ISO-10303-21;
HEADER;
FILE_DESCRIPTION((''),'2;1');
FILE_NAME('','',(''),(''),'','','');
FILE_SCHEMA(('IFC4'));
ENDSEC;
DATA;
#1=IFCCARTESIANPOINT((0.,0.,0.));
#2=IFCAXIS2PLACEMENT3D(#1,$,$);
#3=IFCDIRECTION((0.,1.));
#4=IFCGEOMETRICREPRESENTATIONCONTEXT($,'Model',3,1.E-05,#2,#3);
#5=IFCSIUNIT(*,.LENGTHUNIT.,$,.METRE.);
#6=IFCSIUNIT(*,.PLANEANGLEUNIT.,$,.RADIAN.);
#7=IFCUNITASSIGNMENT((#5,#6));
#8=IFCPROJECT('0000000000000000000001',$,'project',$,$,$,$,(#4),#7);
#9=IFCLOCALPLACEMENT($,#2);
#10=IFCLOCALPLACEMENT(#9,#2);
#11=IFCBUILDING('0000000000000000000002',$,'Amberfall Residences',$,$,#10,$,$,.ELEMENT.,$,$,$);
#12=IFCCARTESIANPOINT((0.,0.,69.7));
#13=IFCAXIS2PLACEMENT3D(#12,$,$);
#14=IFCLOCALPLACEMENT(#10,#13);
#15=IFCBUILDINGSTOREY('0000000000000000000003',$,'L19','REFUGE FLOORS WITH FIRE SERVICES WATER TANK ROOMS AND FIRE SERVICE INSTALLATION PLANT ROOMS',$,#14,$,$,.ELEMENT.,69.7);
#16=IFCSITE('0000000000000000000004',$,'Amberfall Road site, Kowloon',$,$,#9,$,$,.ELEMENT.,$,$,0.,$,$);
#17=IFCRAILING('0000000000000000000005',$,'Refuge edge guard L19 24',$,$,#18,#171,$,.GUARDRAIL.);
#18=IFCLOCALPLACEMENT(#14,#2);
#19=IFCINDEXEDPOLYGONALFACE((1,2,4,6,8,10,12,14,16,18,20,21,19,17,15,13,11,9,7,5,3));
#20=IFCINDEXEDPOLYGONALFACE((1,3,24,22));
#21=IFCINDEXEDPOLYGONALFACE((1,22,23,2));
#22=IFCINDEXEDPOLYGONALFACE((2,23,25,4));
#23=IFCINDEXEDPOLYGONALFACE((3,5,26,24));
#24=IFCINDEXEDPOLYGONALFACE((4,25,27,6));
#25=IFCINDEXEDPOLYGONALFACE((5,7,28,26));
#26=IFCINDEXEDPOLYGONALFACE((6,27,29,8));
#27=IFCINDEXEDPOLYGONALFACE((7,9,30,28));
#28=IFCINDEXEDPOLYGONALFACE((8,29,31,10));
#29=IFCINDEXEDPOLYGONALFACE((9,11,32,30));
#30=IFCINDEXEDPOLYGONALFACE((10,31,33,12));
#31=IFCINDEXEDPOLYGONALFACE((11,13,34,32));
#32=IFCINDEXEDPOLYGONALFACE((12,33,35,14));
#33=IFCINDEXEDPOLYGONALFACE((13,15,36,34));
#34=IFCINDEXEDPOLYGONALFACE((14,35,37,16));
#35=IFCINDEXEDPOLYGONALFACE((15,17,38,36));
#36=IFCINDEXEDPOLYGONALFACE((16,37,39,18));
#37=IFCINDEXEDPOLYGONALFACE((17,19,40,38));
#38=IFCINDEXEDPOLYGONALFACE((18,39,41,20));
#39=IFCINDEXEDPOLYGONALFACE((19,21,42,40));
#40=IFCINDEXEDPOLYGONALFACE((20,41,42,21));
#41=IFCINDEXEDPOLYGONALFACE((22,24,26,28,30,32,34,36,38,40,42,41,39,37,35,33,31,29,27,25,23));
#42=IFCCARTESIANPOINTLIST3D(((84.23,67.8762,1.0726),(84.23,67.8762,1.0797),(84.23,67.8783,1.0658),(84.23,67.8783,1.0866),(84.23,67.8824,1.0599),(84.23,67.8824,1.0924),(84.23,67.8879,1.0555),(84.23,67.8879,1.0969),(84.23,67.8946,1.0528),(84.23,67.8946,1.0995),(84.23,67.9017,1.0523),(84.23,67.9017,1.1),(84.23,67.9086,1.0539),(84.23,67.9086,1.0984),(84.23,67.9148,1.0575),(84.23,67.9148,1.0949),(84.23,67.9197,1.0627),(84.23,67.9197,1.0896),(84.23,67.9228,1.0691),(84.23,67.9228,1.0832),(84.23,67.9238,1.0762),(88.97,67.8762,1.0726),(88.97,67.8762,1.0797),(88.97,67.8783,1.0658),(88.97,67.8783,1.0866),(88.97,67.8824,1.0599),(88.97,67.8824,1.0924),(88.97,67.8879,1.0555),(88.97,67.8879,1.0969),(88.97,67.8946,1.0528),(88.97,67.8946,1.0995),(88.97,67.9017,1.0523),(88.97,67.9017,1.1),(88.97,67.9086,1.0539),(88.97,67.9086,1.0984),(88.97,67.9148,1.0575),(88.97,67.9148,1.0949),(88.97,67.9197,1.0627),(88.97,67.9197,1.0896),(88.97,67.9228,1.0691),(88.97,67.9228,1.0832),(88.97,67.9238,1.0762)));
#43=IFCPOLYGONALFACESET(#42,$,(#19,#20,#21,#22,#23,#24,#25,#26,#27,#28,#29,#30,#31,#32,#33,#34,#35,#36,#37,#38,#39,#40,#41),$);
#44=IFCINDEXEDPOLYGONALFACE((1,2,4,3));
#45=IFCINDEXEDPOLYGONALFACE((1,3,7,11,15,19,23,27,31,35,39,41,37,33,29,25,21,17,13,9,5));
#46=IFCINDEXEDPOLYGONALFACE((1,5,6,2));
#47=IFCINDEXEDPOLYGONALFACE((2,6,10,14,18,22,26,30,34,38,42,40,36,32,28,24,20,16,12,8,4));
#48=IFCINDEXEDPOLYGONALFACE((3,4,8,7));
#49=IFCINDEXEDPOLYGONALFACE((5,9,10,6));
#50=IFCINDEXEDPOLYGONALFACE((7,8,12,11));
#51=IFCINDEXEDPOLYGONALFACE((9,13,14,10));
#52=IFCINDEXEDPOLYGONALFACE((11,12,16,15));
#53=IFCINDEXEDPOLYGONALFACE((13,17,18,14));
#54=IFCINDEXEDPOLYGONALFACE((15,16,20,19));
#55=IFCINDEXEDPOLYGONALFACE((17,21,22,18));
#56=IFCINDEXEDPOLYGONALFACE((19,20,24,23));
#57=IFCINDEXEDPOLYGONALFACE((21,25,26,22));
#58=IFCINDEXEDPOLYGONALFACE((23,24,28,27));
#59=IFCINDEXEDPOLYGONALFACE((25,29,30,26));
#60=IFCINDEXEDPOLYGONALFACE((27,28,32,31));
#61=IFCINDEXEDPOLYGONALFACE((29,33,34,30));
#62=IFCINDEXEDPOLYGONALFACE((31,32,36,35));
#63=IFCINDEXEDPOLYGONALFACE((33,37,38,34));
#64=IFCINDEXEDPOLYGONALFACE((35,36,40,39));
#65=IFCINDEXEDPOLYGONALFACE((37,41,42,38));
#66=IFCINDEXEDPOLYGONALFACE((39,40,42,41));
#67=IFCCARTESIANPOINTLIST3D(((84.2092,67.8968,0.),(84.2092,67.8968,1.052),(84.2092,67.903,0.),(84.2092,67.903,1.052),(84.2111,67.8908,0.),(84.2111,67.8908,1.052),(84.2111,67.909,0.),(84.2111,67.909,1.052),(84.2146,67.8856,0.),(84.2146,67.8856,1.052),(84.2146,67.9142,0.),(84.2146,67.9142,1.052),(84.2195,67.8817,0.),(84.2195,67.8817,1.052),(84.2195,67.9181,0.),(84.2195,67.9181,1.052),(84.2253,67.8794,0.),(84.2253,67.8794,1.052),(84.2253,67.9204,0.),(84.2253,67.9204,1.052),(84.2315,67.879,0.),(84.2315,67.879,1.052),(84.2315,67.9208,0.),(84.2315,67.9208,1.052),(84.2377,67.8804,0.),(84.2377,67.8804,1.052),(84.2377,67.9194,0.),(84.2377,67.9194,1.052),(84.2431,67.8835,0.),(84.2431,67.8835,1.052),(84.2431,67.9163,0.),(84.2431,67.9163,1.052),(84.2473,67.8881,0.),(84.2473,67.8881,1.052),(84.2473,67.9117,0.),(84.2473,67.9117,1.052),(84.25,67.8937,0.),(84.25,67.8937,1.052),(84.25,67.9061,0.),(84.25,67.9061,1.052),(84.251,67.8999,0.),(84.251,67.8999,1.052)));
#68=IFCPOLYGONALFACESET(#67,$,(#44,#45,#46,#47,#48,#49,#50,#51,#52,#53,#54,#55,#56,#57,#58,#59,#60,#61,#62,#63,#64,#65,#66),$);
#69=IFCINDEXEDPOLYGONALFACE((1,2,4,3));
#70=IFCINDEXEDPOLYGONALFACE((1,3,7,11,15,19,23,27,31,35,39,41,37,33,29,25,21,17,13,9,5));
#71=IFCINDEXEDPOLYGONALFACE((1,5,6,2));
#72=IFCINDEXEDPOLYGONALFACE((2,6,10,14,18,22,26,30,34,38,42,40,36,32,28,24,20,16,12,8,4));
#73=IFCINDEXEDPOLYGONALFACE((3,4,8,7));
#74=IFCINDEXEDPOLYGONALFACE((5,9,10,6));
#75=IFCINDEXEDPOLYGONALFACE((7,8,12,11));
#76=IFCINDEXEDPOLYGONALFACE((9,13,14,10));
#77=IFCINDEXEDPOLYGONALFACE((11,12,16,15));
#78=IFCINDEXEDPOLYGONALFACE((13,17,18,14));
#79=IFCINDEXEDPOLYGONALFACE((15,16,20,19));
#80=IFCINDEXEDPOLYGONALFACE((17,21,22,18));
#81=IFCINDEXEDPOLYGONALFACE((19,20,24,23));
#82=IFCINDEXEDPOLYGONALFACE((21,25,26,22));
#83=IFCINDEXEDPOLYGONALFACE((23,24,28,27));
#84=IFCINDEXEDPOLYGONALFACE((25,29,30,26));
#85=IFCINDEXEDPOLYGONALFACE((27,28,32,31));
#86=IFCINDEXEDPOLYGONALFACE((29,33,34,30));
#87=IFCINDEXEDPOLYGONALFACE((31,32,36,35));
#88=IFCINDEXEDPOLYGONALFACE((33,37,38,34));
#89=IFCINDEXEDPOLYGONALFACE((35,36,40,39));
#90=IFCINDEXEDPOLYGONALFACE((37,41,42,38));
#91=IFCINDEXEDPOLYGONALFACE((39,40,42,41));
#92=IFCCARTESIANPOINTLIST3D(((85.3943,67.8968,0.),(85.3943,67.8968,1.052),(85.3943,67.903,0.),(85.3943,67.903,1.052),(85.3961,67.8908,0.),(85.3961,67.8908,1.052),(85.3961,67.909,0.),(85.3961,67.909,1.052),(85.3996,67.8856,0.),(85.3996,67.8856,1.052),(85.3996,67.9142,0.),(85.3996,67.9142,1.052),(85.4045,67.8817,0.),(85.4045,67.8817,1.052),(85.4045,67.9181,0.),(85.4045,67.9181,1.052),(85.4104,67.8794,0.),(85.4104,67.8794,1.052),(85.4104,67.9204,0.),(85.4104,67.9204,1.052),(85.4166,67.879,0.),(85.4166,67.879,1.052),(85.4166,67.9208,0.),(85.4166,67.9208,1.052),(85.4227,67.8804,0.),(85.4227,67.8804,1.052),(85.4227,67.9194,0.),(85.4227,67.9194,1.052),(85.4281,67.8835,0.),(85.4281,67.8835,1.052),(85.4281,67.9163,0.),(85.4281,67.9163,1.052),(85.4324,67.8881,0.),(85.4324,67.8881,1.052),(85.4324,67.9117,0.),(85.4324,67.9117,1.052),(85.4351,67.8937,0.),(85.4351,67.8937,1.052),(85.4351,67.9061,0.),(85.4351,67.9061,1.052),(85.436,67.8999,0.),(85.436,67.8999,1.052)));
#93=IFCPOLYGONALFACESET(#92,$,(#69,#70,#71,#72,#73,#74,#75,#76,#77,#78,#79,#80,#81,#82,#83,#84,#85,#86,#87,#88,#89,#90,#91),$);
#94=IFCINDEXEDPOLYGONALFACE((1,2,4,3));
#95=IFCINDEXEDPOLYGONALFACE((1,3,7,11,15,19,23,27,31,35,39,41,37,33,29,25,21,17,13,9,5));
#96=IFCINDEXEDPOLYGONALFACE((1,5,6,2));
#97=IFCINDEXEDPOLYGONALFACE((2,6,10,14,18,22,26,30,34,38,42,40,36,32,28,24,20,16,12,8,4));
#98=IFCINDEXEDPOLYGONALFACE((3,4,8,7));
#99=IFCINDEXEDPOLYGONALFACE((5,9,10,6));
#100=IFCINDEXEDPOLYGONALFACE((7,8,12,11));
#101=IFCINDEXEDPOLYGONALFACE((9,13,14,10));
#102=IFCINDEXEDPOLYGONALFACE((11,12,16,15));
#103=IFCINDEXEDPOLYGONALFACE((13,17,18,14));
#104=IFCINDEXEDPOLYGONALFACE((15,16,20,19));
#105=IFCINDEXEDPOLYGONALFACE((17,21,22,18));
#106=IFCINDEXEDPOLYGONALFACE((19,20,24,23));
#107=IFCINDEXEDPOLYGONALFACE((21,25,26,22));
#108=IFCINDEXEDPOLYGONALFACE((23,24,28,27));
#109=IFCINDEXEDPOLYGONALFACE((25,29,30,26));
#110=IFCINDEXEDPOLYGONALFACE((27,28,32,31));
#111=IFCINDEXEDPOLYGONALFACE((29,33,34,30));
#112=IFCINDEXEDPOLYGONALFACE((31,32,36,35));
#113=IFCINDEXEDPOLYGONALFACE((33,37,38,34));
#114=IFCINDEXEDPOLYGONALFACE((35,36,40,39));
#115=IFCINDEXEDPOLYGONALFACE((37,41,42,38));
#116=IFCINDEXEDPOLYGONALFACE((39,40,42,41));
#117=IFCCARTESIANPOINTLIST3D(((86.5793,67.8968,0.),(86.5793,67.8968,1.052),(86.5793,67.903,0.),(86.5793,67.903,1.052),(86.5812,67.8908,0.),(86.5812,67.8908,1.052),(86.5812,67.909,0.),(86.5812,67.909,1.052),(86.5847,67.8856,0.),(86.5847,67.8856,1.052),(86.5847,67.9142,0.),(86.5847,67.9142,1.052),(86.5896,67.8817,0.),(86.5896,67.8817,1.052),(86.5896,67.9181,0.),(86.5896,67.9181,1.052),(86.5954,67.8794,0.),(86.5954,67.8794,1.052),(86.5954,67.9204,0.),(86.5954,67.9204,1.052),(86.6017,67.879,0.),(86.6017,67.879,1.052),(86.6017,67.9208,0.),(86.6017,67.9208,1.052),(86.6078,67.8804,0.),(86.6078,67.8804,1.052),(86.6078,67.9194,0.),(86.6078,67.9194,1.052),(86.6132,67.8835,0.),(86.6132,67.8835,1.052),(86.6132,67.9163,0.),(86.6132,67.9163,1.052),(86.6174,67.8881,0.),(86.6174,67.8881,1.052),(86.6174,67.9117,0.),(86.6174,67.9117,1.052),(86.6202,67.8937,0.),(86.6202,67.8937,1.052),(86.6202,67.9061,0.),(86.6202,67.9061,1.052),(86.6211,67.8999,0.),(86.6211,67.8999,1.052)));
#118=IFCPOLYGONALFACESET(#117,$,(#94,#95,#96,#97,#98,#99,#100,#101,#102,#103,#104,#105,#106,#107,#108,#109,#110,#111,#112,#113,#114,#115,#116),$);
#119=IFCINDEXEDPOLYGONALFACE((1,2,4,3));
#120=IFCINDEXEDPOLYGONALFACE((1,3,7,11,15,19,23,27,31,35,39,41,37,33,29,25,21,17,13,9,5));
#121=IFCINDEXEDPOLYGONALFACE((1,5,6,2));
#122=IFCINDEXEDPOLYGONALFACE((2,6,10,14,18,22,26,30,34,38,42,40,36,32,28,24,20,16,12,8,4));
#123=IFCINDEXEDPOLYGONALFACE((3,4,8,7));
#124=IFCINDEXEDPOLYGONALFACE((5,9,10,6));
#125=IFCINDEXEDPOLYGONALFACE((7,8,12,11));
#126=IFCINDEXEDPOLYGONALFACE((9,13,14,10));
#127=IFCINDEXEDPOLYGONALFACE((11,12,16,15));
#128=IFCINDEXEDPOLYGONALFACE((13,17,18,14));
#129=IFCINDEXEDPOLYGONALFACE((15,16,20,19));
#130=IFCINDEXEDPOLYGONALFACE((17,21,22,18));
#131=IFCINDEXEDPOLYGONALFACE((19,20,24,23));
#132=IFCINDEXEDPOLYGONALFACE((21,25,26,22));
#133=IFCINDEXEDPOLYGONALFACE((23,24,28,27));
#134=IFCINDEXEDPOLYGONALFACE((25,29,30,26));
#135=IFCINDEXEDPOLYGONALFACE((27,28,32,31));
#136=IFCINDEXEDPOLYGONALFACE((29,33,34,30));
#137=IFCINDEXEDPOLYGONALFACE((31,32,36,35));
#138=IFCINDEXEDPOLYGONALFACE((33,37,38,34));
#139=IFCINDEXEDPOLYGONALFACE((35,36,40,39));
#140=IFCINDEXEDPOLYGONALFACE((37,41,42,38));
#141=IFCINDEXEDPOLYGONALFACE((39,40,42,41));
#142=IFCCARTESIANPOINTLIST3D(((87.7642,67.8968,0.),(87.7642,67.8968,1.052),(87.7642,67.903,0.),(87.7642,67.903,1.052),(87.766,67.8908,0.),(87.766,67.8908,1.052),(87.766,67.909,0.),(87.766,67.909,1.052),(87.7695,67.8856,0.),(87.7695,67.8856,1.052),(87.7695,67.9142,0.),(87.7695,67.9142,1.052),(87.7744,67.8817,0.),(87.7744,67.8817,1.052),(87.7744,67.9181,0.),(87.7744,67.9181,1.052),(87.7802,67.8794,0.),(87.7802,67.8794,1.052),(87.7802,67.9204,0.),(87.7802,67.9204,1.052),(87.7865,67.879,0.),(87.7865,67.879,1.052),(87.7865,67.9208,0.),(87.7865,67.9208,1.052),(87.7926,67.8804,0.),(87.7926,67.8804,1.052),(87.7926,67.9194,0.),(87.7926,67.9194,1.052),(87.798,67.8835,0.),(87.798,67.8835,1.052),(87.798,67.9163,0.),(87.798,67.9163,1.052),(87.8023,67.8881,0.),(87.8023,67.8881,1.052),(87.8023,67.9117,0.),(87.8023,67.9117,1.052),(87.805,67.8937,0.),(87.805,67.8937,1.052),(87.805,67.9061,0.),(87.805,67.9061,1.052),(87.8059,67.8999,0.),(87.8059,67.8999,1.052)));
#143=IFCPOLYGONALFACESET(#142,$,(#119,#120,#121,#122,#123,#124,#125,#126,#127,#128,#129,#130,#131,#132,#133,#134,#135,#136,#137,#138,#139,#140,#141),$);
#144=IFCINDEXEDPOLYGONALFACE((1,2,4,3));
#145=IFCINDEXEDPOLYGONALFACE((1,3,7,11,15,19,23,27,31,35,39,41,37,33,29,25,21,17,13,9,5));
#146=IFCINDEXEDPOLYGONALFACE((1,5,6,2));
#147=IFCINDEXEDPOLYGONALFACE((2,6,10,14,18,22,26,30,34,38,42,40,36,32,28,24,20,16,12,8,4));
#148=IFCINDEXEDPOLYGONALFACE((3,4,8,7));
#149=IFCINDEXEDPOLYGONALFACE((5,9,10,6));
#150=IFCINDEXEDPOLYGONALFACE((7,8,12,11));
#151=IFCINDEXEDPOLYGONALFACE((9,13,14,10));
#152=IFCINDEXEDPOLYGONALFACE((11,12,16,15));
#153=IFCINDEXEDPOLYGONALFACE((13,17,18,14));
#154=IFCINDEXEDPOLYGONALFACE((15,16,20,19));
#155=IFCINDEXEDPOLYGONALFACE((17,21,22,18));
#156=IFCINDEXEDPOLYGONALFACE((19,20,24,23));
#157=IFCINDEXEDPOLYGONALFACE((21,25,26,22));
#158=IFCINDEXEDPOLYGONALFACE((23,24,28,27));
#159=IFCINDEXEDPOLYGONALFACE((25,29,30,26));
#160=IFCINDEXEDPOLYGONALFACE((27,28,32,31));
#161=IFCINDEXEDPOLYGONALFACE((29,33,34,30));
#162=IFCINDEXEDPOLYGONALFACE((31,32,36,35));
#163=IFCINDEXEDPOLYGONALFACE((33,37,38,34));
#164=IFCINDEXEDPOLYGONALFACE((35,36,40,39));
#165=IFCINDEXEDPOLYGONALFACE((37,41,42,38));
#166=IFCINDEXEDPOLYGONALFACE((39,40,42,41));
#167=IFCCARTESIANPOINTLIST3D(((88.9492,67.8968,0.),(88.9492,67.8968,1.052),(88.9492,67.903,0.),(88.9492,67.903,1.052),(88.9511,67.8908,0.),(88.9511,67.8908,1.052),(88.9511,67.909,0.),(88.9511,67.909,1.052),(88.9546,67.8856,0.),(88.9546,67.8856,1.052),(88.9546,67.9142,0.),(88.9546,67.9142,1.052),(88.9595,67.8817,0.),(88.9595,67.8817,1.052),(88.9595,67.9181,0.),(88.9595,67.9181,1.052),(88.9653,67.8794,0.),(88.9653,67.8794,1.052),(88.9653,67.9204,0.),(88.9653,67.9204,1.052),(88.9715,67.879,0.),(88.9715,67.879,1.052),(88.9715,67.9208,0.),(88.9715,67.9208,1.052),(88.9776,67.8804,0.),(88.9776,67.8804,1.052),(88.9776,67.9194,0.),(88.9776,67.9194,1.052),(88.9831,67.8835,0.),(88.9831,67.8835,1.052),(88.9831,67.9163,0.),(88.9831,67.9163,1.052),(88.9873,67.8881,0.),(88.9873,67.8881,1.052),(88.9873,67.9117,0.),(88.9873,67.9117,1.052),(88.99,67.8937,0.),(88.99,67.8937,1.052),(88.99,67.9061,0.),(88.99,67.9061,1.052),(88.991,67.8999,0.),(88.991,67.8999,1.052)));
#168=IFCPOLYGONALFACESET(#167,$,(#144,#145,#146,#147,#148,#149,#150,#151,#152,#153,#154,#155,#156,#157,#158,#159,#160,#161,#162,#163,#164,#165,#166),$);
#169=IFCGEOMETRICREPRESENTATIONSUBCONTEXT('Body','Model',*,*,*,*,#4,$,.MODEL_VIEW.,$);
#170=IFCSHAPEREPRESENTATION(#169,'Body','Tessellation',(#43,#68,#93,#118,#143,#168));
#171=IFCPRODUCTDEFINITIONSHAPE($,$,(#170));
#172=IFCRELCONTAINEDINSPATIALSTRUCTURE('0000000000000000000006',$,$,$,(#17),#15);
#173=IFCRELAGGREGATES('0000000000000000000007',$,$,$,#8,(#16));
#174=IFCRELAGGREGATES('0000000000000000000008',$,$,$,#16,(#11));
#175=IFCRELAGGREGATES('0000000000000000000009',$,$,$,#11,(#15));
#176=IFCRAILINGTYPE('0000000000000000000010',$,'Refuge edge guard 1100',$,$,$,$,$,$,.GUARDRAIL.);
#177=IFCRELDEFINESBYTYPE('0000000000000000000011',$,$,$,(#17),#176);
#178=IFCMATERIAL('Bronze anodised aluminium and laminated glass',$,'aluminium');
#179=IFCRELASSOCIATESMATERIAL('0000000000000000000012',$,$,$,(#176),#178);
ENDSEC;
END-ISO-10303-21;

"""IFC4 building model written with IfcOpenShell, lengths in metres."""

from ifc_helpers import new_model, si_unit, direction, frame, origin, origin_2d, place, context, subcontext, project, spatial, circle, extrude, material, type_object, element, save


model = new_model("IFC4")

# Units and contexts
model_context = context("Model", 3, precision=1e-05, world=origin(), true_north=direction((0.0, 1.0)))
body_context = subcontext(model_context, "Body", "Model", "MODEL_VIEW")
ifc_project = project(units=[si_unit("LENGTHUNIT", "METRE"), si_unit("PLANEANGLEUNIT", "RADIAN")], contexts=[model_context])

# Site, building, storey
site_placement = place(None, origin())
site = spatial("IfcSite", under=ifc_project, at=site_placement, Name="Amberfall Road site, Kowloon", CompositionType="ELEMENT", RefElevation=0.0)
building_placement = place(site_placement, origin())
building = spatial("IfcBuilding", under=site, at=building_placement, Name="Amberfall Residences", CompositionType="ELEMENT")
storey_placement = place(building_placement, frame((0.0, 0.0, 69.7)))
storey = spatial("IfcBuildingStorey", under=building, at=storey_placement, Name="L19", Description="REFUGE FLOORS WITH FIRE SERVICES WATER TANK ROOMS AND FIRE SERVICE INSTALLATION PLANT ROOMS", CompositionType="ELEMENT", Elevation=69.7)

# Railing
ifc_material_1 = material(Name="Bronze anodised aluminium and laminated glass", Category="aluminium")
railing_type = type_object("IfcRailingType", Name="Refuge edge guard 1100", PredefinedType="GUARDRAIL", material=ifc_material_1)
railing_1_placement = place(storey_placement, frame((84.23, 67.8999, 0.0)))
element("IfcRailing", 1, at=railing_1_placement, inside=storey, type_object=railing_type, Name="Refuge edge guard L19 24", PredefinedType="GUARDRAIL", context=body_context, shape_type="SweptSolid", body=[
    extrude(circle(Radius=0.0239, at=origin_2d()), frame((0.0, 0.0, 1.0762), z_axis=(1.0, 0.0, 0.0), x_axis=(0.0, 1.0, 0.0)), (0.0, 0.0, 1.0), 4.74),
    extrude(circle(Radius=0.021, at=origin_2d()), origin(), (0.0, 0.0, 1.0), 1.052),
    extrude(circle(Radius=0.021, at=origin_2d()), frame((1.1851, 0.0, 0.0)), (0.0, 0.0, 1.0), 1.052),
    extrude(circle(Radius=0.021, at=origin_2d()), frame((2.3701, 0.0, 0.0)), (0.0, 0.0, 1.0), 1.052),
    extrude(circle(Radius=0.021, at=origin_2d()), frame((3.5549, 0.0, 0.0)), (0.0, 0.0, 1.0), 1.052),
    extrude(circle(Radius=0.021, at=origin_2d()), frame((4.74, 0.0, 0.0)), (0.0, 0.0, 1.0), 1.052),
])

save(model, "model.ifc")
